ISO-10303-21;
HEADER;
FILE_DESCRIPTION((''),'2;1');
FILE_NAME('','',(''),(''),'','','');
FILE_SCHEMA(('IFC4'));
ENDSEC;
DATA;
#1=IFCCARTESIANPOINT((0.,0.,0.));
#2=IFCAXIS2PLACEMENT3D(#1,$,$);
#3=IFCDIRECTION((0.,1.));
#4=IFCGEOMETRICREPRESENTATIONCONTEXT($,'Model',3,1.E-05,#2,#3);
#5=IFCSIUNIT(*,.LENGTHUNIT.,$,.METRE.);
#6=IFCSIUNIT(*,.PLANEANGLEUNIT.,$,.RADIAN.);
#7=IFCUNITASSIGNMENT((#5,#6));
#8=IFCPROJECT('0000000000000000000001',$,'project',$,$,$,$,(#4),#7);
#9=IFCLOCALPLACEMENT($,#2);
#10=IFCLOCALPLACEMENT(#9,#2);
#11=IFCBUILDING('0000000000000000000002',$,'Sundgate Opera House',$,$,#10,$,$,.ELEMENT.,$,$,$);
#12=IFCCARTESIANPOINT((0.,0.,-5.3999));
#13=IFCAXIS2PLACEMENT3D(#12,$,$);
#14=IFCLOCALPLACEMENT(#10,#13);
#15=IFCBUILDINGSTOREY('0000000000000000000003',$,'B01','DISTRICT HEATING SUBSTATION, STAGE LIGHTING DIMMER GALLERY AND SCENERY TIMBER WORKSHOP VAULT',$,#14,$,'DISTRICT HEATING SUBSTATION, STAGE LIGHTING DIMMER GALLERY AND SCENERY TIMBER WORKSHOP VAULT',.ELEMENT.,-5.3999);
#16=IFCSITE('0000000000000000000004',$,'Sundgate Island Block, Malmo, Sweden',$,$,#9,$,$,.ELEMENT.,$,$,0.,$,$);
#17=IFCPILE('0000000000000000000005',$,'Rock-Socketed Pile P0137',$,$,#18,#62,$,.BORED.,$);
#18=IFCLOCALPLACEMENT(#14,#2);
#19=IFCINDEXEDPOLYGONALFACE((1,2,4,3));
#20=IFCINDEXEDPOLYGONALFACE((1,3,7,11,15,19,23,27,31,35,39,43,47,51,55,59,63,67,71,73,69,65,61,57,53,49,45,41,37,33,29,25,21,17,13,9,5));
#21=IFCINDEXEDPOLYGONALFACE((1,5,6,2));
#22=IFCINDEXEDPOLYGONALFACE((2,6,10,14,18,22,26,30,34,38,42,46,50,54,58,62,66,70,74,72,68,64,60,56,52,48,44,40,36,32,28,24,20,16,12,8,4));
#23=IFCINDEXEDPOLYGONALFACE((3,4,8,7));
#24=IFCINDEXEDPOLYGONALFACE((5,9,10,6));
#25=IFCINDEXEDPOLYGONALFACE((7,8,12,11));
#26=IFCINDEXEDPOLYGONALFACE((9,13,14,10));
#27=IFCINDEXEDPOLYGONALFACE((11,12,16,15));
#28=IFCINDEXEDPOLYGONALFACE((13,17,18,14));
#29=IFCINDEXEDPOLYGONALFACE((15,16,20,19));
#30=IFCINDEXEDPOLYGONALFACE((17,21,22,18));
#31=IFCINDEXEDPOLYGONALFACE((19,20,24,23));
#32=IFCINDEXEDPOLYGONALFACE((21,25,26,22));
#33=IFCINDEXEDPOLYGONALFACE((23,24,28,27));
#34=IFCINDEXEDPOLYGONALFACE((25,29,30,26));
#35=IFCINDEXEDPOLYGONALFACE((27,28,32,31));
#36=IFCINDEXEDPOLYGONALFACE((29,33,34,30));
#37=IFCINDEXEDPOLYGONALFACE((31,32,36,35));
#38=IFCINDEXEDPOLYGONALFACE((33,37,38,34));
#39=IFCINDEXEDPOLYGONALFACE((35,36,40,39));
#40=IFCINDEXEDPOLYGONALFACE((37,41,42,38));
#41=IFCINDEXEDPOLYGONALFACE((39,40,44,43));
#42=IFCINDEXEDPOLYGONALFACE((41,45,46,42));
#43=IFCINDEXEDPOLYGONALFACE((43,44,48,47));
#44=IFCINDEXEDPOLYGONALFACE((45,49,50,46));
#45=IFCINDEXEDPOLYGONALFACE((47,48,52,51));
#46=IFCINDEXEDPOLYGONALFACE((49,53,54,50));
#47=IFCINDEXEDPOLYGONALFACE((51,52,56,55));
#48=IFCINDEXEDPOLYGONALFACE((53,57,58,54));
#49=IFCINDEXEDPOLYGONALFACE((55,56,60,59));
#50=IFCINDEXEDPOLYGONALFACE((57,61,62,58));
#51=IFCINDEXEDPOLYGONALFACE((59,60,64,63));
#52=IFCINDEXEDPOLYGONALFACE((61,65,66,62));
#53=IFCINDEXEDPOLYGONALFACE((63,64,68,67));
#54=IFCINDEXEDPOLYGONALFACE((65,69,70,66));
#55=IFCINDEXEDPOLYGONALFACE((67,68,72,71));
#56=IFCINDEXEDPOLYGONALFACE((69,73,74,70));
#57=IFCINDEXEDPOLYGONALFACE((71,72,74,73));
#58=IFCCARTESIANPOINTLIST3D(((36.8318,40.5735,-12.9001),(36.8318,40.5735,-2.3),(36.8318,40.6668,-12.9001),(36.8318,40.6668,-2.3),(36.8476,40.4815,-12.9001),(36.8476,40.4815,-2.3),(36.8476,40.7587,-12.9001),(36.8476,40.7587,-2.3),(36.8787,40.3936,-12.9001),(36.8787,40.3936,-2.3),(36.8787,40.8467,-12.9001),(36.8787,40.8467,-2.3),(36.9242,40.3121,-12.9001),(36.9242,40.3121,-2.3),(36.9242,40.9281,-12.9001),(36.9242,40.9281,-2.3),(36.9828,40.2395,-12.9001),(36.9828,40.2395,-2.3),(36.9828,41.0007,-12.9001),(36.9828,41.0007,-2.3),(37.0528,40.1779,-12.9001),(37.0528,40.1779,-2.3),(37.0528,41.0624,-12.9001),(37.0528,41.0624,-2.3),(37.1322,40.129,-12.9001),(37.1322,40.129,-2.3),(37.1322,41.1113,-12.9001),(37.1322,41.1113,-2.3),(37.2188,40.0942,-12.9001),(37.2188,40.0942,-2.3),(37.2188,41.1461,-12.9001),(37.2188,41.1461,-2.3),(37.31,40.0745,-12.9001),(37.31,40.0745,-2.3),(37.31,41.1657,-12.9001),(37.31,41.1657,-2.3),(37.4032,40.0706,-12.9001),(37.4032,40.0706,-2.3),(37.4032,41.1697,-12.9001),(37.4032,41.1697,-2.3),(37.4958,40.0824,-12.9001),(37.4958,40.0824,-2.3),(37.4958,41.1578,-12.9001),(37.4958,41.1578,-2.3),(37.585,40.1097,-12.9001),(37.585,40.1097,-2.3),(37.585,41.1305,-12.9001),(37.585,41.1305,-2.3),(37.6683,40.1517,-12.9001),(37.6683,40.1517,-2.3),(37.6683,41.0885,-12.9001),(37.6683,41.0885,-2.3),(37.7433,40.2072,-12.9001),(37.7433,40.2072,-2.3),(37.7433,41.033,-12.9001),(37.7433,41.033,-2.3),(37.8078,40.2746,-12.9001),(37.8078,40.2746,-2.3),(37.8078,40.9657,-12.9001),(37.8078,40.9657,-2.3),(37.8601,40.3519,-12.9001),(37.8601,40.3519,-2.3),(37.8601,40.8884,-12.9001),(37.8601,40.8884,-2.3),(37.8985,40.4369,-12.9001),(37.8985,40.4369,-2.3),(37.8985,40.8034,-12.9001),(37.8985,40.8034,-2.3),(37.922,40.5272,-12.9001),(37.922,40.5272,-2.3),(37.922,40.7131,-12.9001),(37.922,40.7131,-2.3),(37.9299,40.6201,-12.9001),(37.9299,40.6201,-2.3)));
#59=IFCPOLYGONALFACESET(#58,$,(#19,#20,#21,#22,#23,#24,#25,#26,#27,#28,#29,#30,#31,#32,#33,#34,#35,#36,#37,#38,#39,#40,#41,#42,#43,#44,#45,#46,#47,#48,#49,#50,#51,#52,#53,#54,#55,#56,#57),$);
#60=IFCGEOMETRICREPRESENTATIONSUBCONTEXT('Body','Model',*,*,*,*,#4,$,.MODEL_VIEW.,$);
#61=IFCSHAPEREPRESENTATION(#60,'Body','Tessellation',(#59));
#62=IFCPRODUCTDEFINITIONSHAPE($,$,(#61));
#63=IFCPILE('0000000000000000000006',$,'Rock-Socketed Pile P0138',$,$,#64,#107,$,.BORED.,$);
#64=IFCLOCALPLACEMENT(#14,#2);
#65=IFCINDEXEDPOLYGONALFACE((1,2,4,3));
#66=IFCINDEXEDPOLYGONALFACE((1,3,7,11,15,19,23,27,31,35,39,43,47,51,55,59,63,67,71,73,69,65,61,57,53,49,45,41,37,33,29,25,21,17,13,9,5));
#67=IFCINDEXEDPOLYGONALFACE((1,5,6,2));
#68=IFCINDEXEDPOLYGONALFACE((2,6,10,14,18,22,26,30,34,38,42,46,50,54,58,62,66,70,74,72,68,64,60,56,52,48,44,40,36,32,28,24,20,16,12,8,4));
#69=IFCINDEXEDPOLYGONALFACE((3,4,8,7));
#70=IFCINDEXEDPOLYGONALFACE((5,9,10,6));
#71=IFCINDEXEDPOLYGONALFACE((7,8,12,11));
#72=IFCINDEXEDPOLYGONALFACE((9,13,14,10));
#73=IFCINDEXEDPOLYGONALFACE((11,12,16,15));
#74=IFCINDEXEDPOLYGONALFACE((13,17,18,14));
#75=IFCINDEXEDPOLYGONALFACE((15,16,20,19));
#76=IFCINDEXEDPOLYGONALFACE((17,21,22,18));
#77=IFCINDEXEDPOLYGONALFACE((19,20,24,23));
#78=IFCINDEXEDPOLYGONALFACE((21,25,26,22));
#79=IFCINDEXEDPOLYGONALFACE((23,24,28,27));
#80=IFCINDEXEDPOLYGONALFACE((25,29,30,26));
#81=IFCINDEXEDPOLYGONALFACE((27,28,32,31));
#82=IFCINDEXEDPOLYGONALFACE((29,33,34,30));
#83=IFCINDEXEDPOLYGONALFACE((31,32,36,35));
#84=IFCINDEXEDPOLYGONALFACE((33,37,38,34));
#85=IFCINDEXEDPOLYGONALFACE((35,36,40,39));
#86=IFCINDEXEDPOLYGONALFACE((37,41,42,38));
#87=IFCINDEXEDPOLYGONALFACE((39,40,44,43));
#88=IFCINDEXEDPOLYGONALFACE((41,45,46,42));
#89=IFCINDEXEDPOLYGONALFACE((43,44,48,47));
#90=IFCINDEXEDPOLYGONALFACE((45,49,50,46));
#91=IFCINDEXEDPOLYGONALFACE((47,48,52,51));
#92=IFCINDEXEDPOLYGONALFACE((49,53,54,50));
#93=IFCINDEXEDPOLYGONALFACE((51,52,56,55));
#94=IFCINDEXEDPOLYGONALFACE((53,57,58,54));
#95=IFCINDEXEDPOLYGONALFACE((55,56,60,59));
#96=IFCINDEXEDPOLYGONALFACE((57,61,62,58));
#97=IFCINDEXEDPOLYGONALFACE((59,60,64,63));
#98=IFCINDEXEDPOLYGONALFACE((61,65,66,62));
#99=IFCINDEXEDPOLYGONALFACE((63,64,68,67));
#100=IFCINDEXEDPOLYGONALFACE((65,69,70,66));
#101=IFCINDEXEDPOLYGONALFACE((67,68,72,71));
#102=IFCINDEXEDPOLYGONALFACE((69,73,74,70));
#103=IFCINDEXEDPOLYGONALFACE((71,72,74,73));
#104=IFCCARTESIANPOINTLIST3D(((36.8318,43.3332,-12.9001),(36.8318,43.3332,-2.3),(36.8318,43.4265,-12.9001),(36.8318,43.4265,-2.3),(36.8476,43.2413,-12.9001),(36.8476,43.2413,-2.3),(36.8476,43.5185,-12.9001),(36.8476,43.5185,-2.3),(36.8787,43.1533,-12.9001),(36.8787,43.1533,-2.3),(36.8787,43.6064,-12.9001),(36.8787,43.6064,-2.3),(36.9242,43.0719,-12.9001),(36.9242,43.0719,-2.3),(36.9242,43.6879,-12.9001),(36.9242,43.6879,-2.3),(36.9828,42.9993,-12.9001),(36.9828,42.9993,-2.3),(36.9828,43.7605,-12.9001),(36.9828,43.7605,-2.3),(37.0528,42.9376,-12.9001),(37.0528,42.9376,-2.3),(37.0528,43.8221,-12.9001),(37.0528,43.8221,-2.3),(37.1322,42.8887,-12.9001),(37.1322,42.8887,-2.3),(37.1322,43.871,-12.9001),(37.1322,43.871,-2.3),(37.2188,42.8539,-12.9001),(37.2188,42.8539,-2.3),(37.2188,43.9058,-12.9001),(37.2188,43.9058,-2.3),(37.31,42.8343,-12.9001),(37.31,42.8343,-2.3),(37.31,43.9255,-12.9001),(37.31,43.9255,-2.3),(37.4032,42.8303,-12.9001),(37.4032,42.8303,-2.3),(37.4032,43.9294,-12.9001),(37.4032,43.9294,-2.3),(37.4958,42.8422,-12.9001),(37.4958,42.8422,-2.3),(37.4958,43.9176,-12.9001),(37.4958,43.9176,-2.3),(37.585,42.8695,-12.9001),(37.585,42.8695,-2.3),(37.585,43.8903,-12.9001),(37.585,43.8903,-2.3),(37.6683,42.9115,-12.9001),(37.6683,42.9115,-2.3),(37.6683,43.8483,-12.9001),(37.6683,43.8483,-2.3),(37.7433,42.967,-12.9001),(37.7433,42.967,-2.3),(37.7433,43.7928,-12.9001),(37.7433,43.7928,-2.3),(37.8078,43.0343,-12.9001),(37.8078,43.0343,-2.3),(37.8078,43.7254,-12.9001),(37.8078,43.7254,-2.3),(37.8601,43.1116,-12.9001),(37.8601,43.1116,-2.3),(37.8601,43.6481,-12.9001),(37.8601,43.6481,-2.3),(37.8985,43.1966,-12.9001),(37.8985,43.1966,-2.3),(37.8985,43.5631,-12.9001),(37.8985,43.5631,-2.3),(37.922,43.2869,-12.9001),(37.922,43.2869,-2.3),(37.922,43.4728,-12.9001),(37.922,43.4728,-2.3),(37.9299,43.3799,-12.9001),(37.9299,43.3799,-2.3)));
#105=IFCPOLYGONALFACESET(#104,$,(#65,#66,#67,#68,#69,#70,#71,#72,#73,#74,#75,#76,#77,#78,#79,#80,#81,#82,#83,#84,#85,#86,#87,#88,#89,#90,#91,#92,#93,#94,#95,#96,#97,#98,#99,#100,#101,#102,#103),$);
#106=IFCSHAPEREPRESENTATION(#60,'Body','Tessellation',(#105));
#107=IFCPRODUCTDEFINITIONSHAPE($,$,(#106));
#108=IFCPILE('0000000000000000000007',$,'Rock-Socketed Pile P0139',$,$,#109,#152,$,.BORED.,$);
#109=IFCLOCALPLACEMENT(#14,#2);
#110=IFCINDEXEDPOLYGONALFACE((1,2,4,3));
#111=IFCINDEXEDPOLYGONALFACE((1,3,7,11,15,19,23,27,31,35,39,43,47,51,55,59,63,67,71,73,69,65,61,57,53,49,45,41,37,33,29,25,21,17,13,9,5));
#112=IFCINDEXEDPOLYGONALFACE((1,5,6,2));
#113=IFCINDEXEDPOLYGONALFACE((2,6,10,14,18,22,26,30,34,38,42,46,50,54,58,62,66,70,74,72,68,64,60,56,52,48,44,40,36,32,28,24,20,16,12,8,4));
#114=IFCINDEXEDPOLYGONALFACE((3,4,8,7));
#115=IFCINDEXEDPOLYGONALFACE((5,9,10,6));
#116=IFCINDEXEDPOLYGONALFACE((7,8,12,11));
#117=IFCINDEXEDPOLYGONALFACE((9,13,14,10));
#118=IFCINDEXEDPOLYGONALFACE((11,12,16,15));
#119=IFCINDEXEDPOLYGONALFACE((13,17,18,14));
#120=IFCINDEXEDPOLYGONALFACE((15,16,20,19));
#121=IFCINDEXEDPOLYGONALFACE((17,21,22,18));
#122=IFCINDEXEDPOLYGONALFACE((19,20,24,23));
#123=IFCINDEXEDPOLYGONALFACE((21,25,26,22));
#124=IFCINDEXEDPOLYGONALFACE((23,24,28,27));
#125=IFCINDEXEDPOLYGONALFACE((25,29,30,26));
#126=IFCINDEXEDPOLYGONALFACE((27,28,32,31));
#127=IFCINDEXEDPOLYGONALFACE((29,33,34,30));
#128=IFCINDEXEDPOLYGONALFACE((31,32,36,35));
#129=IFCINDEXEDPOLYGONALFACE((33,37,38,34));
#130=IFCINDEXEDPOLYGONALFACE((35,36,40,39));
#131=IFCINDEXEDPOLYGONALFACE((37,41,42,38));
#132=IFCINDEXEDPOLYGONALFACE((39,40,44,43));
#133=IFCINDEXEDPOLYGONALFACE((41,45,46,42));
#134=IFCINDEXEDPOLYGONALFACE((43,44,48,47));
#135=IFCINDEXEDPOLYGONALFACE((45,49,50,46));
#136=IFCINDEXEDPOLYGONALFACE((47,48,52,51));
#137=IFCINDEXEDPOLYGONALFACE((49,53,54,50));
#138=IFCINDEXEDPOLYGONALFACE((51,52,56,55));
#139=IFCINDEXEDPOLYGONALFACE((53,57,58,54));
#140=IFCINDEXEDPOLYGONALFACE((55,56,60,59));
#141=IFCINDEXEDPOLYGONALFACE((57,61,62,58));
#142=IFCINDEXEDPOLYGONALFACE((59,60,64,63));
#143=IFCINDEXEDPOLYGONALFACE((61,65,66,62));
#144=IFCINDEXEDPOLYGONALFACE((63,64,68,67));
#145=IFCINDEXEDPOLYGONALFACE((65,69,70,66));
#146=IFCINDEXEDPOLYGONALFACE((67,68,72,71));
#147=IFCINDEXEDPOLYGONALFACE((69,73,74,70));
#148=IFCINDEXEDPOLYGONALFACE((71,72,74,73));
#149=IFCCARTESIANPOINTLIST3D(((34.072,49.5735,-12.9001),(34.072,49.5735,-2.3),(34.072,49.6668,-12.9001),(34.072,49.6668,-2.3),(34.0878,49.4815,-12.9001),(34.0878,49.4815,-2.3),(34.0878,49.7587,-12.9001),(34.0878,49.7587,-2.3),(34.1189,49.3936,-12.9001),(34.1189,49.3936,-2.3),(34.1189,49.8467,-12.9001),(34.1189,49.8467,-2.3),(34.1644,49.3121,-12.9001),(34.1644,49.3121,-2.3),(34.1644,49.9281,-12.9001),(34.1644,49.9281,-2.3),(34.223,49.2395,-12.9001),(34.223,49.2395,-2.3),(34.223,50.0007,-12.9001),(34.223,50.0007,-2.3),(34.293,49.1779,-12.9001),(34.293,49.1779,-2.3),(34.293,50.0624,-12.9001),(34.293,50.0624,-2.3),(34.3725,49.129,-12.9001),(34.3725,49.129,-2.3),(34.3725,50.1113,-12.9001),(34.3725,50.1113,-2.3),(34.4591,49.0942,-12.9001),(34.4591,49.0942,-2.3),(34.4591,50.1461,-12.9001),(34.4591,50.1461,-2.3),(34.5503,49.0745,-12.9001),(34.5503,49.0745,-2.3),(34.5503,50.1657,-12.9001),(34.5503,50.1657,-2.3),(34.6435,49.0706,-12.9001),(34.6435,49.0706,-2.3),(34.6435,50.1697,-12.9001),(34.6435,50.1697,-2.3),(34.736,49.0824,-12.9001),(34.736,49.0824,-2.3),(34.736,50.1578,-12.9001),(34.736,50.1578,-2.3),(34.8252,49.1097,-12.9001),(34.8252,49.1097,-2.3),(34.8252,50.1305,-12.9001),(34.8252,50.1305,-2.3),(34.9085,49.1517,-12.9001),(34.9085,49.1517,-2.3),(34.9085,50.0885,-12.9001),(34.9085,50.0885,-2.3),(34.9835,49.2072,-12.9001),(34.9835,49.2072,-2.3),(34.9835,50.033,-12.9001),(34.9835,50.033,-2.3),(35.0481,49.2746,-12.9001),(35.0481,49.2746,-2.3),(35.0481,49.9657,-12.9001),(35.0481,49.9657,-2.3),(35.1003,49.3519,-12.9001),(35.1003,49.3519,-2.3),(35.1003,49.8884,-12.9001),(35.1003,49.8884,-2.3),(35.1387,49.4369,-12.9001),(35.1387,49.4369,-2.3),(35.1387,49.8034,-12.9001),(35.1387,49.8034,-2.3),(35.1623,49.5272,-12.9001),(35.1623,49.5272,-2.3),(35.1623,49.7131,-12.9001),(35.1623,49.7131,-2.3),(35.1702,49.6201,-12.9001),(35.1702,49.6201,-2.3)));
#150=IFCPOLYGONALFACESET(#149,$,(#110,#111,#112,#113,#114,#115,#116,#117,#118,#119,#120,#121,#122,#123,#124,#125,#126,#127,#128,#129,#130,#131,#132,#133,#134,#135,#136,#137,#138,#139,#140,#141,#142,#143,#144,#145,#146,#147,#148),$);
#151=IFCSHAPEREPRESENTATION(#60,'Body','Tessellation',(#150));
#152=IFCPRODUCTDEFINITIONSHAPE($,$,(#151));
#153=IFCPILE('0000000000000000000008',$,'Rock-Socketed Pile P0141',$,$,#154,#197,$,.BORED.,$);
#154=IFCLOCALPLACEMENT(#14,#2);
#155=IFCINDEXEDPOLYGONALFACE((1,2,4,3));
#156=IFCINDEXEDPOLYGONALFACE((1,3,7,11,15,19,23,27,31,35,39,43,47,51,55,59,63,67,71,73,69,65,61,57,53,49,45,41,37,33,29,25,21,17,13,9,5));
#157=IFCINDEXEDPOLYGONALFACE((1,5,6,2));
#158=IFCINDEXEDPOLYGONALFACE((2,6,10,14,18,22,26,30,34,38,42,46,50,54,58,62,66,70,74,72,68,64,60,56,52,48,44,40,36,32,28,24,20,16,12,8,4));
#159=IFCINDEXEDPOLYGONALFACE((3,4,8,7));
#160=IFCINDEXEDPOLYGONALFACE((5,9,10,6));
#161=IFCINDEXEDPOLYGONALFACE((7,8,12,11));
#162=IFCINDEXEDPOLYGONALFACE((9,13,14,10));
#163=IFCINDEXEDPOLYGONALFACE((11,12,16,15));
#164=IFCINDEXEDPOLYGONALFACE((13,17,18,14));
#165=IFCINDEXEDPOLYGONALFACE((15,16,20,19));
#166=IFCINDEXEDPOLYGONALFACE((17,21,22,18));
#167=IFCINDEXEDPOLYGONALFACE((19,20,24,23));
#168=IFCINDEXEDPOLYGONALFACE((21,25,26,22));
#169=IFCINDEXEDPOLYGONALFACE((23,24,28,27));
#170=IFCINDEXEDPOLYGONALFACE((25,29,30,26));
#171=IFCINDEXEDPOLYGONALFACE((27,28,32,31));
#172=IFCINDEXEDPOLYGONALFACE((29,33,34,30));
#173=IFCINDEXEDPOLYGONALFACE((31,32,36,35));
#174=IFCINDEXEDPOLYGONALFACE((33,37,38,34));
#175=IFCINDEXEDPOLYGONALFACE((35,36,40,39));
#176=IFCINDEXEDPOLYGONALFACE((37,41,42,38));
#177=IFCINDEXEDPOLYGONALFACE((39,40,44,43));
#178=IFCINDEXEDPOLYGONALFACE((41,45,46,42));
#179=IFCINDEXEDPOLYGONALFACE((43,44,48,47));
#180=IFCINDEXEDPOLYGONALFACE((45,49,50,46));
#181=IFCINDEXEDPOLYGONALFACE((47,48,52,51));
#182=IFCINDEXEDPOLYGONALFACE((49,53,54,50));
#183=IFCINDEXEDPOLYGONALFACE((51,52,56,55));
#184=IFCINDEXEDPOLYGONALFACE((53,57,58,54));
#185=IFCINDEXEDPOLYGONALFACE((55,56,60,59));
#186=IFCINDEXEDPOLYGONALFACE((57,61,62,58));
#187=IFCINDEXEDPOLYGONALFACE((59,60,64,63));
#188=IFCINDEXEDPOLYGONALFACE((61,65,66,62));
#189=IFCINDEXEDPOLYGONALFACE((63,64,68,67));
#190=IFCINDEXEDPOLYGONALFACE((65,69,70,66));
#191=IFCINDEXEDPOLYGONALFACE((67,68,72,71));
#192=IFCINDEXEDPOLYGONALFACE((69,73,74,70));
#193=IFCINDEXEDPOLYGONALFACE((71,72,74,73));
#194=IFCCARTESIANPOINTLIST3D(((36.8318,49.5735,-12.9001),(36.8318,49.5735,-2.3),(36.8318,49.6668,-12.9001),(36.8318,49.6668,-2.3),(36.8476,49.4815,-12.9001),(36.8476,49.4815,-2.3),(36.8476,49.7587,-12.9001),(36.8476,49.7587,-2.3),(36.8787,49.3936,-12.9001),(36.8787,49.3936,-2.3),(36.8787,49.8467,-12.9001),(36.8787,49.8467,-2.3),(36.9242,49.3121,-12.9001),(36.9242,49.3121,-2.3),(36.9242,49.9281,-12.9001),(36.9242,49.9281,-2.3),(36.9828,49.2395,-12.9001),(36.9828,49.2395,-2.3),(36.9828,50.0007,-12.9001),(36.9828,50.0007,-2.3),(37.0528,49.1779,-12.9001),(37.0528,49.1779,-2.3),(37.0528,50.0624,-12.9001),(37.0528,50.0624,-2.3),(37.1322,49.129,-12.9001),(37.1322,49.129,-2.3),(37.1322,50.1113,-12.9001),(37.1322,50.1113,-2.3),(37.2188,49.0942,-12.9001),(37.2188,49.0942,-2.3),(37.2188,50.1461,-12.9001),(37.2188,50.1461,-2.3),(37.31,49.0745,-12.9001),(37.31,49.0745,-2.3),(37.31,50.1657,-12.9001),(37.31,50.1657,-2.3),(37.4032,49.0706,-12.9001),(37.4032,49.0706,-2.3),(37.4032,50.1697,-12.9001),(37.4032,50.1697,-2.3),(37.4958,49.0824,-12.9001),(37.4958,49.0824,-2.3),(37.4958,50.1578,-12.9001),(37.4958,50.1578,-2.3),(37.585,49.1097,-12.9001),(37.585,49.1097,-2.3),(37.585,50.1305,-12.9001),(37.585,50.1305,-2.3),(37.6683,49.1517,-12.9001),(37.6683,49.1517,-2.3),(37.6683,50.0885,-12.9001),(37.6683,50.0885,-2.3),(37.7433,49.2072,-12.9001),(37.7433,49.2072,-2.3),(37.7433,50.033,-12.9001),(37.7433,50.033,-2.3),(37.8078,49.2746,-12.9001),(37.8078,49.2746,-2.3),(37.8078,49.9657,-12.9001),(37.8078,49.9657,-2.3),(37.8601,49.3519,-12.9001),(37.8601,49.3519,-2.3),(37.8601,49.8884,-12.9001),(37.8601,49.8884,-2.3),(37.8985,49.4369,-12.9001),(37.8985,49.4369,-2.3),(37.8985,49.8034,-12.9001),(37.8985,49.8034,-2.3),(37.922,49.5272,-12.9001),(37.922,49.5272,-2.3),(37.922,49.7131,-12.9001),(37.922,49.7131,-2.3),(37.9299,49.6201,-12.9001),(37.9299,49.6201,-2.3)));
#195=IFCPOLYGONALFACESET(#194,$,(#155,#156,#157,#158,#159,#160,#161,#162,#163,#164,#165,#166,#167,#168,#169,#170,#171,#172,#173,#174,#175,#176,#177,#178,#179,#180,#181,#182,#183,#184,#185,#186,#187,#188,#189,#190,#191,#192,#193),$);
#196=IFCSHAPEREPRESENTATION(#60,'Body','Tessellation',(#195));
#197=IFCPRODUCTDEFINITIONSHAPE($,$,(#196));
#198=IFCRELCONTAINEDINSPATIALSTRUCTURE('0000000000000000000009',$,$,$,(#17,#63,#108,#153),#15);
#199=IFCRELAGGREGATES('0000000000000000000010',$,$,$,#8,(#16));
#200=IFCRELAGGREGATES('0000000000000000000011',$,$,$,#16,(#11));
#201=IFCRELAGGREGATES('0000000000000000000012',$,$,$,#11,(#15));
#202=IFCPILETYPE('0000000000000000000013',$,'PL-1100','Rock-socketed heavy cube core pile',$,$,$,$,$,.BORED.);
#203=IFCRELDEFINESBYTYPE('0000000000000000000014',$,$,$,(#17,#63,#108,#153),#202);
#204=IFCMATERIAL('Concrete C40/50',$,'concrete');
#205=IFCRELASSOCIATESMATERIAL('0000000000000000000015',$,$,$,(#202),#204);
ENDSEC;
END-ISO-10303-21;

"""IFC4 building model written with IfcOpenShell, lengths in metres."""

from ifc_helpers import new_model, si_unit, direction, frame, origin, origin_2d, place, context, subcontext, project, spatial, circle, extrude, material, material_profile, profile_set, type_object, element, save


model = new_model("IFC4")

# Units and contexts
model_context = context("Model", 3, precision=1e-05, world=origin(), true_north=direction((0.0, 1.0)))
body_context = subcontext(model_context, "Body", "Model", "MODEL_VIEW")
ifc_project = project(units=[si_unit("LENGTHUNIT", "METRE"), si_unit("PLANEANGLEUNIT", "RADIAN")], contexts=[model_context])

# Site, building, storey
site_placement = place(None, origin())
site = spatial("IfcSite", under=ifc_project, at=site_placement, Name="Sundgate Island Block, Malmo, Sweden", CompositionType="ELEMENT", RefElevation=0.0)
building_placement = place(site_placement, origin())
building = spatial("IfcBuilding", under=site, at=building_placement, Name="Sundgate Opera House", CompositionType="ELEMENT")
storey_placement = place(building_placement, frame((0.0, 0.0, -5.3999)))
storey = spatial("IfcBuildingStorey", under=building, at=storey_placement, Name="B01", Description="DISTRICT HEATING SUBSTATION, STAGE LIGHTING DIMMER GALLERY AND SCENERY TIMBER WORKSHOP VAULT", LongName="DISTRICT HEATING SUBSTATION, STAGE LIGHTING DIMMER GALLERY AND SCENERY TIMBER WORKSHOP VAULT", CompositionType="ELEMENT", Elevation=-5.3999)

# Piles
ifc_material_1 = material(Name="Concrete C40/50", Category="concrete")
ifc_material_profile_1 = material_profile(ifc_material_1, circle(Radius=0.55, at=origin_2d()), Name="PILE D1100")
ifc_profile_set_1 = profile_set([ifc_material_profile_1], Name="Concrete C40/50")
pile_type_1 = type_object("IfcPileType", Name="PL-1100", Description="Rock-socketed heavy cube core pile", PredefinedType="BORED", material=ifc_profile_set_1)
for number, where, z_axis, x_axis, name in (
    (1, (37.3799, 40.6201, -2.3), (0.0, 0.0, -1.0), (1.0, 0.0, 0.0), "Rock-Socketed Pile P0137"),
    (2, (37.3799, 43.3799, -2.3), (0.0, 0.0, -1.0), (1.0, 0.0, 0.0), "Rock-Socketed Pile P0138"),
    (3, (34.6201, 49.6201, -2.3), (0.0, 0.0, -1.0), (1.0, 0.0, 0.0), "Rock-Socketed Pile P0139"),
    (4, (37.3799, 49.6201, -2.3), (0.0, 0.0, -1.0), (1.0, 0.0, 0.0), "Rock-Socketed Pile P0141"),
):
    element("IfcPile", number, at=place(storey_placement, frame(where, z_axis=z_axis, x_axis=x_axis)), inside=storey, type_object=pile_type_1, Name=name, PredefinedType="BORED", context=body_context, shape_type="SweptSolid", body=[
        extrude(circle(Radius=0.55, at=origin_2d()), origin(), (0.0, 0.0, 1.0), 10.6001),
    ])

save(model, "model.ifc")
